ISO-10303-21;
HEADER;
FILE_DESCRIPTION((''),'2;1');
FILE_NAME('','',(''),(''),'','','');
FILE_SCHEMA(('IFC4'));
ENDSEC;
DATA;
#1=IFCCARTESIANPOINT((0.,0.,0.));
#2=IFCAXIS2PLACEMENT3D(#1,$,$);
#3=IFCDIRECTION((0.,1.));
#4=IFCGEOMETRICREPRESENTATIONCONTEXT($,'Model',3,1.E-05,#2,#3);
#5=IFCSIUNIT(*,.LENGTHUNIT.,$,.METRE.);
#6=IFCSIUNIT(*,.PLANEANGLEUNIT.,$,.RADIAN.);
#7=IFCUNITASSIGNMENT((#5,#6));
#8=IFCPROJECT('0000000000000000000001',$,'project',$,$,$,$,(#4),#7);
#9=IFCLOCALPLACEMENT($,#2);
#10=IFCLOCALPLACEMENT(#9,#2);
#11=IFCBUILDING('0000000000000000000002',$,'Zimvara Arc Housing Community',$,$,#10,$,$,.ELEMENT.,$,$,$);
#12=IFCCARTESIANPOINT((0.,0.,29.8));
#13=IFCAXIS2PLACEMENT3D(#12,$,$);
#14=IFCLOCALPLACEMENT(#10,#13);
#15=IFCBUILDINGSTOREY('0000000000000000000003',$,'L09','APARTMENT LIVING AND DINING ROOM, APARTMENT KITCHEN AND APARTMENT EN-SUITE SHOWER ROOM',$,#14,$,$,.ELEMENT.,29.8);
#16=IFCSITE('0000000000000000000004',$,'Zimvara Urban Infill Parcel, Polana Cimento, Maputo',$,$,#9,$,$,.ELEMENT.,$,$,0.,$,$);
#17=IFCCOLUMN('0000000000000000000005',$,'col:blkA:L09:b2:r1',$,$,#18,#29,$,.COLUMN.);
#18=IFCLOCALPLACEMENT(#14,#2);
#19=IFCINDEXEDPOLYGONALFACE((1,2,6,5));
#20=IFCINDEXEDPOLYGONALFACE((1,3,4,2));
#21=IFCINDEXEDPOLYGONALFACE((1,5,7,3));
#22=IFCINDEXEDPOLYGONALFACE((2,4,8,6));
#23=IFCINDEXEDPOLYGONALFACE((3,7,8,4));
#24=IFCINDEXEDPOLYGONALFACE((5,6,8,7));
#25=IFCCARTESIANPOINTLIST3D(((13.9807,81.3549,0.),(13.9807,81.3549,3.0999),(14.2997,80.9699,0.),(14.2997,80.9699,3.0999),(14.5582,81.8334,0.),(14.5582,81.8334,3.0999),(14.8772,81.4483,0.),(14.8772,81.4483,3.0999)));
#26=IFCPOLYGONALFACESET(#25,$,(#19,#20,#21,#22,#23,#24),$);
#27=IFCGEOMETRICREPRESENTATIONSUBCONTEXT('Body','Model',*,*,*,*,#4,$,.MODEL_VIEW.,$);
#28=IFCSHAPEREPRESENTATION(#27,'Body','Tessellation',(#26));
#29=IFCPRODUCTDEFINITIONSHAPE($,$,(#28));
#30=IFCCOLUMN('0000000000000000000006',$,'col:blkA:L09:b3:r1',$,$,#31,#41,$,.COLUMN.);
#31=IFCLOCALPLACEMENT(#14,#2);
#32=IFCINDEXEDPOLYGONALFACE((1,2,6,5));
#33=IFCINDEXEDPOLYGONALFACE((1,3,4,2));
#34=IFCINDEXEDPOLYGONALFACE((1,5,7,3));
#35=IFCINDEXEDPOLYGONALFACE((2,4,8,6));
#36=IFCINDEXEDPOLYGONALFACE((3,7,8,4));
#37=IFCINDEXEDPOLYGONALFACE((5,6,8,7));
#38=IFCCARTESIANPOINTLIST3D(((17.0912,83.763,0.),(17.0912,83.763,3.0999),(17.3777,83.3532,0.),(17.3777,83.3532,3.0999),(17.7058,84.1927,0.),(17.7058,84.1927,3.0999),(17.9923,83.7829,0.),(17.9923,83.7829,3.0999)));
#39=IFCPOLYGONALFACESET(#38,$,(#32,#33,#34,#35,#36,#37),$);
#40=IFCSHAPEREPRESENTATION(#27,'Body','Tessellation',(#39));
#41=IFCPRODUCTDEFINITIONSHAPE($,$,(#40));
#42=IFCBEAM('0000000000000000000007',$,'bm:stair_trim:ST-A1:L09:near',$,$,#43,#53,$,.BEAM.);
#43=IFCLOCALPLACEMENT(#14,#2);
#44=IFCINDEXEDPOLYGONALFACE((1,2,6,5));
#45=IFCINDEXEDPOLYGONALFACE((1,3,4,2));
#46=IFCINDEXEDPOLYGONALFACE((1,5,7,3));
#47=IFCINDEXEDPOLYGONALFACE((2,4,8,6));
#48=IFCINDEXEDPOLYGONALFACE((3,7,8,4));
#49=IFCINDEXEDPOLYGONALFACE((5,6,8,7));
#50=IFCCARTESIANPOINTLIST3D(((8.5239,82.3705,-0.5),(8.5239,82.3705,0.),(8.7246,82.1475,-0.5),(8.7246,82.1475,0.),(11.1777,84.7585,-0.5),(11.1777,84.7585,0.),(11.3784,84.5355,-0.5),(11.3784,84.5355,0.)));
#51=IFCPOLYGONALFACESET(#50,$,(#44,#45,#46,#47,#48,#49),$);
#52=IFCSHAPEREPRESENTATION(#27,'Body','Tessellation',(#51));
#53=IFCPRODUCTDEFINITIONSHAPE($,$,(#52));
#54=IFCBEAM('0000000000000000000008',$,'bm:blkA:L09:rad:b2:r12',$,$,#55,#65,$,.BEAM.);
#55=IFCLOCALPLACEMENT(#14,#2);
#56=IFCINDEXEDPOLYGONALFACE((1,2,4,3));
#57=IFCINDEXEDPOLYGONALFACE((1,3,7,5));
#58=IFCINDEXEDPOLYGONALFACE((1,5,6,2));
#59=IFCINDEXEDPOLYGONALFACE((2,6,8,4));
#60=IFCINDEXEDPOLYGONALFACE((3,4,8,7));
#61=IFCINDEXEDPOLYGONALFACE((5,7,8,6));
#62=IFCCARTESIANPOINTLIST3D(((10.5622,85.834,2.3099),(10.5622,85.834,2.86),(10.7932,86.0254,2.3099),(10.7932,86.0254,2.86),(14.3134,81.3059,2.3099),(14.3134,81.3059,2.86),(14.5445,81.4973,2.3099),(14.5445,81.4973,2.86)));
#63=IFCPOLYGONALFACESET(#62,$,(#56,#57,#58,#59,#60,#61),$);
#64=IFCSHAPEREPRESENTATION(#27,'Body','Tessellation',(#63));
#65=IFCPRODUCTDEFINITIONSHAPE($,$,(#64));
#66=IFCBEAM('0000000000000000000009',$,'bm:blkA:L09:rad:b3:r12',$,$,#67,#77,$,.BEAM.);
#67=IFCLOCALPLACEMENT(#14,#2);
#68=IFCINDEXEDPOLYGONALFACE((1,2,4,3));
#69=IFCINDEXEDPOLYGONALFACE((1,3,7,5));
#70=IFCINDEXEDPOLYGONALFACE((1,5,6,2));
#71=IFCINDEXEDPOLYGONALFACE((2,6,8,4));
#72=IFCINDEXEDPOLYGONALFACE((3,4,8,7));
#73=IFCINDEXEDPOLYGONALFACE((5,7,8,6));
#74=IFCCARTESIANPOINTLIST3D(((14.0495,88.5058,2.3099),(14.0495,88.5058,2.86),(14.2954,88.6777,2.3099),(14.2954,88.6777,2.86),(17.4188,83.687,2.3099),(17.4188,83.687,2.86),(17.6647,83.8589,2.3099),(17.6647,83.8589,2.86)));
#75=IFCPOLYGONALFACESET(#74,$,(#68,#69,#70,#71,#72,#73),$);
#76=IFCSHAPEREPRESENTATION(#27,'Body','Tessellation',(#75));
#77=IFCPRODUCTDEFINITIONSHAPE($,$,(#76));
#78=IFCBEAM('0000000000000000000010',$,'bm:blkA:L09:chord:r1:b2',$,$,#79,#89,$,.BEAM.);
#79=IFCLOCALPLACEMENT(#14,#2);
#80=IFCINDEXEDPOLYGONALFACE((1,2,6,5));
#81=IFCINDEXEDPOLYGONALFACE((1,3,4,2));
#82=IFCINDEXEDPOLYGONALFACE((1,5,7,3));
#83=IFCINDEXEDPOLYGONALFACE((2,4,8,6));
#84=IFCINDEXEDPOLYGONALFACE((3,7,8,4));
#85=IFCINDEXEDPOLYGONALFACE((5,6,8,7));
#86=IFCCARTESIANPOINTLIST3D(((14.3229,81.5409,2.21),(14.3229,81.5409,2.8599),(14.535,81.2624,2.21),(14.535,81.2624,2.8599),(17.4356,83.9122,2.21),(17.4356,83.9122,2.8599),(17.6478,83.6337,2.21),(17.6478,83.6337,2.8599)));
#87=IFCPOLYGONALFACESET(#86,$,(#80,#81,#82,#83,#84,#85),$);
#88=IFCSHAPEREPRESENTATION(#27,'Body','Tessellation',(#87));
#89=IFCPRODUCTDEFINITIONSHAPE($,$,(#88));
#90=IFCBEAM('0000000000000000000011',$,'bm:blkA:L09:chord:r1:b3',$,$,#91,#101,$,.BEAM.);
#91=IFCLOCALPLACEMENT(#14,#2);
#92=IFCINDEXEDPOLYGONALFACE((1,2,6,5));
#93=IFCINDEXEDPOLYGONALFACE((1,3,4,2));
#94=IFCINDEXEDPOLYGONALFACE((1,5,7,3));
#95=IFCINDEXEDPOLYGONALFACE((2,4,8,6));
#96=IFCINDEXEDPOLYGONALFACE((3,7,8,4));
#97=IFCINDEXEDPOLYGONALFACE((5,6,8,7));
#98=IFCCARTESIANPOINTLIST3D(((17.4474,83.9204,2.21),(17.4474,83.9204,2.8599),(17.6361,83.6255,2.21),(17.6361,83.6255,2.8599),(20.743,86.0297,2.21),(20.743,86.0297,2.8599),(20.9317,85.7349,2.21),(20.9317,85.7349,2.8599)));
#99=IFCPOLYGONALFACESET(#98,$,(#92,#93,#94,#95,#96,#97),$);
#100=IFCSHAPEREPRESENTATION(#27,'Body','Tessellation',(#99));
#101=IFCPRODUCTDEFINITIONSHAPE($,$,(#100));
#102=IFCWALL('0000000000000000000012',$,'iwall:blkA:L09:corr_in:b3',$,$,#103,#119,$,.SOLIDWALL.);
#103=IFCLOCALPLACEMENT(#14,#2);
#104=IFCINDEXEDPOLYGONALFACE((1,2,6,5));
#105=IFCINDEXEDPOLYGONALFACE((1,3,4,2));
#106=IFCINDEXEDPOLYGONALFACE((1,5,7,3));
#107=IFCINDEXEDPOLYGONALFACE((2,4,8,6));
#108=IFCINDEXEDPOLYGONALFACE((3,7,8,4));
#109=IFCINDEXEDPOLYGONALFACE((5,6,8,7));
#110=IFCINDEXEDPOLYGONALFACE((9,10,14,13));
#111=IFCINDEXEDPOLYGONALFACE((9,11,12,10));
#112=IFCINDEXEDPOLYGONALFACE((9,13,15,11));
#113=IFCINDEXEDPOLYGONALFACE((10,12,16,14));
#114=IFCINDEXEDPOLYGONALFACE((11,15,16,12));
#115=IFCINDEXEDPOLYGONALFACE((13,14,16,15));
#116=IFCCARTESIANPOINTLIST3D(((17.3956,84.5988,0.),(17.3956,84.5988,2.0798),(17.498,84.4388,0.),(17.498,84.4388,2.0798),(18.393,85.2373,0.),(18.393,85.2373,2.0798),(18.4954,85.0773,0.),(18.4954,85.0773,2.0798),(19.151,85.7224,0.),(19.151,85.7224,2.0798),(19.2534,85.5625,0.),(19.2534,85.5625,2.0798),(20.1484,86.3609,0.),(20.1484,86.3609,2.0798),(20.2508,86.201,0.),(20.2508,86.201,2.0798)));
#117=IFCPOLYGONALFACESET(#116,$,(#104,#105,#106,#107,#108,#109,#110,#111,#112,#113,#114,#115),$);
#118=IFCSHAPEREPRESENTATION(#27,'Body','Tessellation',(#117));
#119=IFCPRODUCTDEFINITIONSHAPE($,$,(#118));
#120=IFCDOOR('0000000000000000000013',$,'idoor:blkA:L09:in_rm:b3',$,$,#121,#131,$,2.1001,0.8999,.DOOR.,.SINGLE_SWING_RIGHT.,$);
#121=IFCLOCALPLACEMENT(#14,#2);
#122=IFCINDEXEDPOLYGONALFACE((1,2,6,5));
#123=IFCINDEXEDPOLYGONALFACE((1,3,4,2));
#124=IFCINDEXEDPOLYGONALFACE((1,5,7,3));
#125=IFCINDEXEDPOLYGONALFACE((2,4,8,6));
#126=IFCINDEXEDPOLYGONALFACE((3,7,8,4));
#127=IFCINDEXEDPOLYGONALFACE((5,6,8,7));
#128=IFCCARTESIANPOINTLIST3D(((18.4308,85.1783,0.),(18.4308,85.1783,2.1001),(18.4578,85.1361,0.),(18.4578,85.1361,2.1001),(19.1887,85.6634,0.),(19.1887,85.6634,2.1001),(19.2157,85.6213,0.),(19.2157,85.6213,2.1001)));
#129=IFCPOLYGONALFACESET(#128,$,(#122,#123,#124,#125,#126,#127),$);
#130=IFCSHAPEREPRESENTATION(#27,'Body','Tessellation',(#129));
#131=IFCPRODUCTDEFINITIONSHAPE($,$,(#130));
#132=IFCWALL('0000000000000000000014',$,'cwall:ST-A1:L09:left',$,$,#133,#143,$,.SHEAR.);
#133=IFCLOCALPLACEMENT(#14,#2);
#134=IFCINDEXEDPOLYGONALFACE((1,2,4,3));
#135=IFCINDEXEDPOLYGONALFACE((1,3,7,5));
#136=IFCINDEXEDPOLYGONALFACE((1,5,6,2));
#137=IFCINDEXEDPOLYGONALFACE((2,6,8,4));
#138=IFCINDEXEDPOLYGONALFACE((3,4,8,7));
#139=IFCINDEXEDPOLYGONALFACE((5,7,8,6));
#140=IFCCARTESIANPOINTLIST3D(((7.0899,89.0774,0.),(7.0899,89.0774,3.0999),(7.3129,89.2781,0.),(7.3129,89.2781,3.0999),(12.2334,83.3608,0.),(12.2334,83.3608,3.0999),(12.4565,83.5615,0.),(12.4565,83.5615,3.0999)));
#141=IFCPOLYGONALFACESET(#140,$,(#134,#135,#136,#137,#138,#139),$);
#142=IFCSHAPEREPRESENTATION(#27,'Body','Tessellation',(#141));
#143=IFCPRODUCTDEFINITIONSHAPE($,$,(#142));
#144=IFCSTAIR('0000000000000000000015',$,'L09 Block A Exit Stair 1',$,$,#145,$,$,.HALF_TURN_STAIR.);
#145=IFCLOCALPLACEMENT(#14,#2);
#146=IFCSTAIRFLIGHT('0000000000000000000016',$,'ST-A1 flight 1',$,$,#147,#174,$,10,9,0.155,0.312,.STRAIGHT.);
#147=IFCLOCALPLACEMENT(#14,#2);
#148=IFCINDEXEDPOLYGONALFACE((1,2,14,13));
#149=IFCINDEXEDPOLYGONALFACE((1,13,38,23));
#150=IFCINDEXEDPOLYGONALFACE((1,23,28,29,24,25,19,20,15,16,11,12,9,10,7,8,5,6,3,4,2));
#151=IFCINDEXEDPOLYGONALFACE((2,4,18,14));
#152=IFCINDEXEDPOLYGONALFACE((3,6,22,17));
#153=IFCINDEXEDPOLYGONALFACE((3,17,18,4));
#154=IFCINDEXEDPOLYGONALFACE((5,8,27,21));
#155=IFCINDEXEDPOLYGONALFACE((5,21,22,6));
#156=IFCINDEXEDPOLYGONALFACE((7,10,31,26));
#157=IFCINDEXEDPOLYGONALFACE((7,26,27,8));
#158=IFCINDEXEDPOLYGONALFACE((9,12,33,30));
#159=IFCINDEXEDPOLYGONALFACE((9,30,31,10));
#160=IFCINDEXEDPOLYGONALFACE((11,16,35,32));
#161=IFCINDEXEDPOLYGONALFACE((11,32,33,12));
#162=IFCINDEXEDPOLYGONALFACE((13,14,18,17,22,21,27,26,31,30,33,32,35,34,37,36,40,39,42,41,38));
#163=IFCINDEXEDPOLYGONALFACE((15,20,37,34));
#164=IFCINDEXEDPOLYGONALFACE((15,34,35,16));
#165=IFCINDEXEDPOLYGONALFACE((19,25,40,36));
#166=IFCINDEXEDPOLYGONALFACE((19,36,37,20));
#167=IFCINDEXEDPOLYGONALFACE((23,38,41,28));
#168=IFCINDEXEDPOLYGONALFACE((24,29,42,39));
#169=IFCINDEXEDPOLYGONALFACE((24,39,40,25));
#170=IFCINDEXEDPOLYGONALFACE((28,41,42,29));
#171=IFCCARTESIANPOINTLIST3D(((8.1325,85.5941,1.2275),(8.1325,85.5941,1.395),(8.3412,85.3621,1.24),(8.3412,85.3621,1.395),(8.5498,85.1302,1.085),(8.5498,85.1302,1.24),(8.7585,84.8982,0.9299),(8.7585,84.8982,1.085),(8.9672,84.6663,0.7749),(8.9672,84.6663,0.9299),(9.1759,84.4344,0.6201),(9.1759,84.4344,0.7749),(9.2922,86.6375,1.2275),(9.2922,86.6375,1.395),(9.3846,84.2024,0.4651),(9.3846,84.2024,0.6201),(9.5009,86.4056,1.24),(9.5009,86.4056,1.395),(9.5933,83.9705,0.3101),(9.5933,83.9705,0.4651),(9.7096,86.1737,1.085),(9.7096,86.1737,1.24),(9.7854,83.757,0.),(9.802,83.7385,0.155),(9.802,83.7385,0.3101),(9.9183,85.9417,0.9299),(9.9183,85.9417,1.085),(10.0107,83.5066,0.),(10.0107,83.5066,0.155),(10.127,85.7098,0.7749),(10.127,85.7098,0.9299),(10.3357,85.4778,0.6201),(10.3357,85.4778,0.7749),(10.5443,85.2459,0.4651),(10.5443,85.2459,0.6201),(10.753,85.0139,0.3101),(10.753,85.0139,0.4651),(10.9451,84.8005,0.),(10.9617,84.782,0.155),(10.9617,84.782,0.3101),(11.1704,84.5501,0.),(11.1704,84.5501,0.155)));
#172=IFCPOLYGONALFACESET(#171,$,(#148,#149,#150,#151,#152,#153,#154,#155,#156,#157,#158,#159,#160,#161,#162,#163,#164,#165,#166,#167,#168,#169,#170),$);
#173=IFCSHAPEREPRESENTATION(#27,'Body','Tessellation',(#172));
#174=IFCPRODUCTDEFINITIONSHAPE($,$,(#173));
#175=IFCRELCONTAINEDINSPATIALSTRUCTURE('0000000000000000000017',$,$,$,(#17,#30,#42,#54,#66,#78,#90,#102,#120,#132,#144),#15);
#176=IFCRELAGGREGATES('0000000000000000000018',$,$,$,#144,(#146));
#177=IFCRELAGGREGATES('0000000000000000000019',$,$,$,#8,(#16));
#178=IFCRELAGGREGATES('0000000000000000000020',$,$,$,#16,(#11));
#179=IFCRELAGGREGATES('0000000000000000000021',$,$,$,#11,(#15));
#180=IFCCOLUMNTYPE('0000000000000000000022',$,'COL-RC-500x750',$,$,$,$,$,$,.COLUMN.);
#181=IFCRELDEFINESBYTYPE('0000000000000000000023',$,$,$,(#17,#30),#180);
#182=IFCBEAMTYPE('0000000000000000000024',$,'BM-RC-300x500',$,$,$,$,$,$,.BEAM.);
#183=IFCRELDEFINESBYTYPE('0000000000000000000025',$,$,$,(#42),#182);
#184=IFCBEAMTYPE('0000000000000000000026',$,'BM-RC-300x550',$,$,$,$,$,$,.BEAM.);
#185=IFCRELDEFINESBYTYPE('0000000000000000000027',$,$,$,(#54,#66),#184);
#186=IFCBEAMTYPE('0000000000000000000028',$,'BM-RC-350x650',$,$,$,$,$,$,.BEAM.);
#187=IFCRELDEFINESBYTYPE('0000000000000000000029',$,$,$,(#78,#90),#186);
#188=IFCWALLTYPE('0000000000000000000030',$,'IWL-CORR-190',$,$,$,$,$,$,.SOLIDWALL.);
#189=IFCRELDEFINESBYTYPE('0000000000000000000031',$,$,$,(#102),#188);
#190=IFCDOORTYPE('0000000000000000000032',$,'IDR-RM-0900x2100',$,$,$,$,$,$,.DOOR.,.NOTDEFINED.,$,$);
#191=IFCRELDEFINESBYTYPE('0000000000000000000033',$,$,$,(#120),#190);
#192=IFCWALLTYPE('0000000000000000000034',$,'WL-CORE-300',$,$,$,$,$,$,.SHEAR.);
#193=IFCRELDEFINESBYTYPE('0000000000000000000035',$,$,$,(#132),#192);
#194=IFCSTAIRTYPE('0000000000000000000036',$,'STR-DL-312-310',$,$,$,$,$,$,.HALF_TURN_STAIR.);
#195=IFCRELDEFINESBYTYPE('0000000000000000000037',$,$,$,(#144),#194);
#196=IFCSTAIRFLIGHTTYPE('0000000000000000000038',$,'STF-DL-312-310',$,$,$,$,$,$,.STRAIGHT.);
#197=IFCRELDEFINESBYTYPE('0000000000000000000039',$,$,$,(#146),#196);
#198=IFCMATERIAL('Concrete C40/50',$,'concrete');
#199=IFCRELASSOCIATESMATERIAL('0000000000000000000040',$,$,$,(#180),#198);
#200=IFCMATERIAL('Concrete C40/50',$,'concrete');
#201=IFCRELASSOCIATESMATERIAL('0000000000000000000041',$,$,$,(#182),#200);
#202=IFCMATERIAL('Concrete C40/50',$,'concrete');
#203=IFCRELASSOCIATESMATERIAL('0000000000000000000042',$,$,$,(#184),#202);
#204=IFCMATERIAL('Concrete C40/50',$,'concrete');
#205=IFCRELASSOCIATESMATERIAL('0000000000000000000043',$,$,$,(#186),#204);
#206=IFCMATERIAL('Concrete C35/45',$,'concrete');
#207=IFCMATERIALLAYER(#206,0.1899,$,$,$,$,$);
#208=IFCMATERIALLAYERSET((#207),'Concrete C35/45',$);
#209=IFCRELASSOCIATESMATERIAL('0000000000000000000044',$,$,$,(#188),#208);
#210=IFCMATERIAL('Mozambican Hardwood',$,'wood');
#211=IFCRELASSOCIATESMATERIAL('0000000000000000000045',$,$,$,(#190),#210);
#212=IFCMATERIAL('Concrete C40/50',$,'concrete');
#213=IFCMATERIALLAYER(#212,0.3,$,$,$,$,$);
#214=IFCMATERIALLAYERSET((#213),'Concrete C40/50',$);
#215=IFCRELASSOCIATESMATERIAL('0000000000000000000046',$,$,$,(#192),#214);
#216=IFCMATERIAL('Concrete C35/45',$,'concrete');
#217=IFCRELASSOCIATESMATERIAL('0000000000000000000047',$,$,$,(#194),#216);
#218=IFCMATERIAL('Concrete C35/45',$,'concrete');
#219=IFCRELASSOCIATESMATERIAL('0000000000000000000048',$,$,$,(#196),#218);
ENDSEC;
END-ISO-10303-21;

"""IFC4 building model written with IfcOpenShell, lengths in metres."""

from ifc_helpers import new_model, si_unit, direction, frame, frame_2d, origin, origin_2d, place, context, subcontext, project, spatial, polyline, rectangle, outline, extrude, material, layer, layer_set, material_profile, profile_set, type_object, element, fill, aggregate, save


model = new_model("IFC4")

# Units and contexts
model_context = context("Model", 3, precision=1e-05, world=origin(), true_north=direction((0.0, 1.0)))
body_context = subcontext(model_context, "Body", "Model", "MODEL_VIEW")
ifc_project = project(units=[si_unit("LENGTHUNIT", "METRE"), si_unit("PLANEANGLEUNIT", "RADIAN")], contexts=[model_context])

# Site, building, storey
site_placement = place(None, origin())
site = spatial("IfcSite", under=ifc_project, at=site_placement, Name="Zimvara Urban Infill Parcel, Polana Cimento, Maputo", CompositionType="ELEMENT", RefElevation=0.0)
building_placement = place(site_placement, origin())
building = spatial("IfcBuilding", under=site, at=building_placement, Name="Zimvara Arc Housing Community", CompositionType="ELEMENT")
storey_placement = place(building_placement, frame((0.0, 0.0, 29.8)))
storey = spatial("IfcBuildingStorey", under=building, at=storey_placement, Name="L09", Description="APARTMENT LIVING AND DINING ROOM, APARTMENT KITCHEN AND APARTMENT EN-SUITE SHOWER ROOM", CompositionType="ELEMENT", Elevation=29.8)

# Columns
ifc_material_1 = material(Name="Concrete C40/50", Category="concrete")
ifc_material_profile_1 = material_profile(ifc_material_1, rectangle(XDim=0.5, YDim=0.75, at=origin_2d()), Name="RC 500x750")
ifc_profile_set_1 = profile_set([ifc_material_profile_1], Name="Concrete C40/50")
column_type = type_object("IfcColumnType", Name="COL-RC-500x750", PredefinedType="COLUMN", material=ifc_profile_set_1)
for number, where, z_axis, x_axis, name in (
    (1, (14.429, 81.4016, 0.0), (0.0, 0.0, 1.0), (-0.637962, 0.770068, 0.0), "col:blkA:L09:b2:r1"),
    (2, (17.5417, 83.7729, 0.0), (0.0, 0.0, 1.0), (-0.573004, 0.819552, 0.0), "col:blkA:L09:b3:r1"),
):
    element("IfcColumn", number, at=place(storey_placement, frame(where, z_axis=z_axis, x_axis=x_axis)), inside=storey, type_object=column_type, Name=name, PredefinedType="COLUMN", context=body_context, shape_type="SweptSolid", body=[
        extrude(rectangle(XDim=0.5, YDim=0.75, at=origin_2d()), origin(), (0.0, 0.0, 1.0), 3.0999),
    ])

# Beams
ifc_material_2 = material(Name="Concrete C40/50", Category="concrete")
ifc_material_profile_2 = material_profile(ifc_material_2, rectangle(XDim=0.3, YDim=0.5, at=origin_2d()), Name="RC 300x500")
ifc_profile_set_2 = profile_set([ifc_material_profile_2], Name="Concrete C40/50")
beam_type_1 = type_object("IfcBeamType", Name="BM-RC-300x500", PredefinedType="BEAM", material=ifc_profile_set_2)
beam_1_placement = place(storey_placement, frame((11.2781, 84.647, -0.25), z_axis=(-0.743362, -0.668889, 0.0), x_axis=(0.668889, -0.743362, 0.0)))
element("IfcBeam", 3, at=beam_1_placement, inside=storey, type_object=beam_type_1, Name="bm:stair_trim:ST-A1:L09:near", PredefinedType="BEAM", context=body_context, shape_type="SweptSolid", body=[
    extrude(rectangle(XDim=0.3, YDim=0.5, at=origin_2d()), origin(), (0.0, 0.0, 1.0), 3.5701),
])
ifc_material_3 = material(Name="Concrete C40/50", Category="concrete")
ifc_material_profile_3 = material_profile(ifc_material_3, rectangle(XDim=0.3, YDim=0.55, at=origin_2d()), Name="RC 300x550")
ifc_profile_set_3 = profile_set([ifc_material_profile_3], Name="Concrete C40/50")
beam_type_2 = type_object("IfcBeamType", Name="BM-RC-300x550", PredefinedType="BEAM", material=ifc_profile_set_3)
beam_2_placement = place(storey_placement, frame((14.429, 81.4016, 2.585), z_axis=(-0.637956, 0.770073, 0.0), x_axis=(-0.770073, -0.637956, 0.0)))
element("IfcBeam", 4, at=beam_2_placement, inside=storey, type_object=beam_type_2, Name="bm:blkA:L09:rad:b2:r12", PredefinedType="BEAM", context=body_context, shape_type="SweptSolid", body=[
    extrude(rectangle(XDim=0.3, YDim=0.55, at=origin_2d()), origin(), (0.0, 0.0, 1.0), 5.8801),
])
beam_3_placement = place(storey_placement, frame((17.5417, 83.7729, 2.585), z_axis=(-0.573028, 0.819536, 0.0), x_axis=(-0.819536, -0.573028, 0.0)))
element("IfcBeam", 5, at=beam_3_placement, inside=storey, type_object=beam_type_2, Name="bm:blkA:L09:rad:b3:r12", PredefinedType="BEAM", context=body_context, shape_type="SweptSolid", body=[
    extrude(rectangle(XDim=0.3, YDim=0.55, at=origin_2d()), origin(), (0.0, 0.0, 1.0), 5.8799),
])
ifc_material_4 = material(Name="Concrete C40/50", Category="concrete")
ifc_material_profile_4 = material_profile(ifc_material_4, rectangle(XDim=0.3501, YDim=0.6499, at=origin_2d()), Name="RC 350x650")
ifc_profile_set_4 = profile_set([ifc_material_profile_4], Name="Concrete C40/50")
beam_type_3 = type_object("IfcBeamType", Name="BM-RC-350x650", PredefinedType="BEAM", material=ifc_profile_set_4)
beam_4_placement = place(storey_placement, frame((14.429, 81.4016, 2.5349), z_axis=(0.79547, 0.605992, 0.0), x_axis=(-0.605992, 0.79547, 0.0)))
element("IfcBeam", 6, at=beam_4_placement, inside=storey, type_object=beam_type_3, Name="bm:blkA:L09:chord:r1:b2", PredefinedType="BEAM", context=body_context, shape_type="SweptSolid", body=[
    extrude(rectangle(XDim=0.3501, YDim=0.6499, at=origin_2d()), origin(), (0.0, 0.0, 1.0), 3.9131),
])
beam_5_placement = place(storey_placement, frame((17.5417, 83.7729, 2.5349), z_axis=(0.842253, 0.539082, 0.0), x_axis=(-0.539082, 0.842253, 0.0)))
element("IfcBeam", 7, at=beam_5_placement, inside=storey, type_object=beam_type_3, Name="bm:blkA:L09:chord:r1:b3", PredefinedType="BEAM", context=body_context, shape_type="SweptSolid", body=[
    extrude(rectangle(XDim=0.3501, YDim=0.6499, at=origin_2d()), origin(), (0.0, 0.0, 1.0), 3.9128),
])

# Wall, opening, door
ifc_material_5 = material(Name="Concrete C35/45", Category="concrete")
ifc_layer_1 = layer(ifc_material_5, 0.1899)
ifc_layer_set_1 = layer_set([ifc_layer_1], Name="Concrete C35/45")
wall_type_1 = type_object("IfcWallType", Name="IWL-CORR-190", PredefinedType="SOLIDWALL", material=ifc_layer_set_1)
wall_1_placement = place(storey_placement, frame((17.4468, 84.5188, 0.0), z_axis=(0.0, 0.0, 1.0), x_axis=(0.842225, 0.539126, 0.0)))
wall_1 = element("IfcWall", 8, at=wall_1_placement, inside=storey, type_object=wall_type_1, Name="iwall:blkA:L09:corr_in:b3", PredefinedType="SOLIDWALL", context=body_context, shape_type="SweptSolid", body=[
    extrude(rectangle(XDim=3.2686, YDim=0.1899, at=frame_2d((1.6343, 0.0))), origin(), (0.0, 0.0, 1.0), 2.0798),
])
opening_1_placement = place(wall_1_placement, frame((1.1843, 0.0, 0.0)))
opening_1 = element("IfcOpeningElement", 9, at=opening_1_placement, cuts=wall_1, PredefinedType="OPENING", context=body_context, shape_type="SweptSolid", body=[
    extrude(rectangle(XDim=0.8999, YDim=2.1001, at=frame_2d((0.45, 1.05))), frame((0.0, 0.105, 0.0), z_axis=(0.0, -1.0, 0.0), x_axis=(1.0, 0.0, 0.0)), (0.0, 0.0, 1.0), 0.21),
])
ifc_material_6 = material(Name="Mozambican Hardwood", Category="wood")
door_type_1 = type_object("IfcDoorType", Name="IDR-RM-0900x2100", OperationType="NOTDEFINED", PredefinedType="DOOR", material=ifc_material_6)
door_1_placement = place(opening_1_placement, origin())
door_1 = element("IfcDoor", 10, at=door_1_placement, inside=storey, type_object=door_type_1, Name="idoor:blkA:L09:in_rm:b3", OperationType="SINGLE_SWING_RIGHT", OverallHeight=2.1001, OverallWidth=0.8999, PredefinedType="DOOR", context=body_context, shape_type="SweptSolid", body=[
    extrude(rectangle(XDim=0.8999, YDim=2.1001, at=frame_2d((0.45, 1.05))), frame((0.0, 0.0249, 0.0), z_axis=(0.0, -1.0, 0.0), x_axis=(1.0, 0.0, 0.0)), (0.0, 0.0, 1.0), 0.05),
])
fill(opening_1, door_1)
ifc_material_7 = material(Name="Concrete C40/50", Category="concrete")
ifc_layer_2 = layer(ifc_material_7, 0.3)
ifc_layer_set_2 = layer_set([ifc_layer_2], Name="Concrete C40/50")
wall_type_2 = type_object("IfcWallType", Name="WL-CORE-300", PredefinedType="SHEAR", material=ifc_layer_set_2)

# Wall
wall_2_placement = place(storey_placement, frame((12.345, 83.4612, 0.0), z_axis=(0.0, 0.0, 1.0), x_axis=(-0.668868, 0.743381, 0.0)))
element("IfcWall", 11, at=wall_2_placement, inside=storey, type_object=wall_type_2, Name="cwall:ST-A1:L09:left", PredefinedType="SHEAR", context=body_context, shape_type="SweptSolid", body=[
    extrude(rectangle(XDim=7.6899, YDim=0.3, at=frame_2d((3.845, 0.0))), origin(), (0.0, 0.0, 1.0), 3.0999),
])

# Stair, stair flight
ifc_material_8 = material(Name="Concrete C35/45", Category="concrete")
stair_type = type_object("IfcStairType", Name="STR-DL-312-310", PredefinedType="HALF_TURN_STAIR", material=ifc_material_8)
stair_placement = place(storey_placement, origin())
stair = element("IfcStair", 12, at=stair_placement, inside=storey, type_object=stair_type, Name="L09 Block A Exit Stair 1", PredefinedType="HALF_TURN_STAIR")
ifc_material_9 = material(Name="Concrete C35/45", Category="concrete")
stair_flight_type = type_object("IfcStairFlightType", Name="STF-DL-312-310", PredefinedType="STRAIGHT", material=ifc_material_9)
stair_flight_1_placement = place(storey_placement, frame((10.5906, 84.0283, 0.0), z_axis=(0.0, 0.0, 1.0), x_axis=(-0.668871, 0.743378, 0.0)))
stair_flight_1 = element("IfcStairFlight", 13, at=stair_flight_1_placement, type_object=stair_flight_type, Name="ST-A1 flight 1", NumberOfRisers=10, NumberOfTreads=9, PredefinedType="STRAIGHT", RiserHeight=0.155, TreadLength=0.312, context=body_context, shape_type="SweptSolid", body=[
    extrude(outline(polyline([(0.0, 0.0), (0.0, 0.155), (0.312, 0.155), (0.312, 0.3101), (0.624, 0.3101), (0.624, 0.4651), (0.936, 0.4651), (0.936, 0.6201), (1.248, 0.6201), (1.248, 0.7749), (1.5601, 0.7749), (1.5601, 0.9299), (1.8721, 0.9299), (1.8721, 1.085), (2.1841, 1.085), (2.1841, 1.24), (2.4961, 1.24), (2.4961, 1.395), (2.8081, 1.395), (2.8081, 1.55), (2.8081, 1.2275), (0.3369, 0.0), (0.0, 0.0)])), frame((0.0, 0.78, 0.0), z_axis=(0.0, -1.0, 0.0), x_axis=(1.0, 0.0, 0.0)), (0.0, 0.0, 1.0), 1.5601),
])
aggregate(stair, [stair_flight_1])

save(model, "model.ifc")
